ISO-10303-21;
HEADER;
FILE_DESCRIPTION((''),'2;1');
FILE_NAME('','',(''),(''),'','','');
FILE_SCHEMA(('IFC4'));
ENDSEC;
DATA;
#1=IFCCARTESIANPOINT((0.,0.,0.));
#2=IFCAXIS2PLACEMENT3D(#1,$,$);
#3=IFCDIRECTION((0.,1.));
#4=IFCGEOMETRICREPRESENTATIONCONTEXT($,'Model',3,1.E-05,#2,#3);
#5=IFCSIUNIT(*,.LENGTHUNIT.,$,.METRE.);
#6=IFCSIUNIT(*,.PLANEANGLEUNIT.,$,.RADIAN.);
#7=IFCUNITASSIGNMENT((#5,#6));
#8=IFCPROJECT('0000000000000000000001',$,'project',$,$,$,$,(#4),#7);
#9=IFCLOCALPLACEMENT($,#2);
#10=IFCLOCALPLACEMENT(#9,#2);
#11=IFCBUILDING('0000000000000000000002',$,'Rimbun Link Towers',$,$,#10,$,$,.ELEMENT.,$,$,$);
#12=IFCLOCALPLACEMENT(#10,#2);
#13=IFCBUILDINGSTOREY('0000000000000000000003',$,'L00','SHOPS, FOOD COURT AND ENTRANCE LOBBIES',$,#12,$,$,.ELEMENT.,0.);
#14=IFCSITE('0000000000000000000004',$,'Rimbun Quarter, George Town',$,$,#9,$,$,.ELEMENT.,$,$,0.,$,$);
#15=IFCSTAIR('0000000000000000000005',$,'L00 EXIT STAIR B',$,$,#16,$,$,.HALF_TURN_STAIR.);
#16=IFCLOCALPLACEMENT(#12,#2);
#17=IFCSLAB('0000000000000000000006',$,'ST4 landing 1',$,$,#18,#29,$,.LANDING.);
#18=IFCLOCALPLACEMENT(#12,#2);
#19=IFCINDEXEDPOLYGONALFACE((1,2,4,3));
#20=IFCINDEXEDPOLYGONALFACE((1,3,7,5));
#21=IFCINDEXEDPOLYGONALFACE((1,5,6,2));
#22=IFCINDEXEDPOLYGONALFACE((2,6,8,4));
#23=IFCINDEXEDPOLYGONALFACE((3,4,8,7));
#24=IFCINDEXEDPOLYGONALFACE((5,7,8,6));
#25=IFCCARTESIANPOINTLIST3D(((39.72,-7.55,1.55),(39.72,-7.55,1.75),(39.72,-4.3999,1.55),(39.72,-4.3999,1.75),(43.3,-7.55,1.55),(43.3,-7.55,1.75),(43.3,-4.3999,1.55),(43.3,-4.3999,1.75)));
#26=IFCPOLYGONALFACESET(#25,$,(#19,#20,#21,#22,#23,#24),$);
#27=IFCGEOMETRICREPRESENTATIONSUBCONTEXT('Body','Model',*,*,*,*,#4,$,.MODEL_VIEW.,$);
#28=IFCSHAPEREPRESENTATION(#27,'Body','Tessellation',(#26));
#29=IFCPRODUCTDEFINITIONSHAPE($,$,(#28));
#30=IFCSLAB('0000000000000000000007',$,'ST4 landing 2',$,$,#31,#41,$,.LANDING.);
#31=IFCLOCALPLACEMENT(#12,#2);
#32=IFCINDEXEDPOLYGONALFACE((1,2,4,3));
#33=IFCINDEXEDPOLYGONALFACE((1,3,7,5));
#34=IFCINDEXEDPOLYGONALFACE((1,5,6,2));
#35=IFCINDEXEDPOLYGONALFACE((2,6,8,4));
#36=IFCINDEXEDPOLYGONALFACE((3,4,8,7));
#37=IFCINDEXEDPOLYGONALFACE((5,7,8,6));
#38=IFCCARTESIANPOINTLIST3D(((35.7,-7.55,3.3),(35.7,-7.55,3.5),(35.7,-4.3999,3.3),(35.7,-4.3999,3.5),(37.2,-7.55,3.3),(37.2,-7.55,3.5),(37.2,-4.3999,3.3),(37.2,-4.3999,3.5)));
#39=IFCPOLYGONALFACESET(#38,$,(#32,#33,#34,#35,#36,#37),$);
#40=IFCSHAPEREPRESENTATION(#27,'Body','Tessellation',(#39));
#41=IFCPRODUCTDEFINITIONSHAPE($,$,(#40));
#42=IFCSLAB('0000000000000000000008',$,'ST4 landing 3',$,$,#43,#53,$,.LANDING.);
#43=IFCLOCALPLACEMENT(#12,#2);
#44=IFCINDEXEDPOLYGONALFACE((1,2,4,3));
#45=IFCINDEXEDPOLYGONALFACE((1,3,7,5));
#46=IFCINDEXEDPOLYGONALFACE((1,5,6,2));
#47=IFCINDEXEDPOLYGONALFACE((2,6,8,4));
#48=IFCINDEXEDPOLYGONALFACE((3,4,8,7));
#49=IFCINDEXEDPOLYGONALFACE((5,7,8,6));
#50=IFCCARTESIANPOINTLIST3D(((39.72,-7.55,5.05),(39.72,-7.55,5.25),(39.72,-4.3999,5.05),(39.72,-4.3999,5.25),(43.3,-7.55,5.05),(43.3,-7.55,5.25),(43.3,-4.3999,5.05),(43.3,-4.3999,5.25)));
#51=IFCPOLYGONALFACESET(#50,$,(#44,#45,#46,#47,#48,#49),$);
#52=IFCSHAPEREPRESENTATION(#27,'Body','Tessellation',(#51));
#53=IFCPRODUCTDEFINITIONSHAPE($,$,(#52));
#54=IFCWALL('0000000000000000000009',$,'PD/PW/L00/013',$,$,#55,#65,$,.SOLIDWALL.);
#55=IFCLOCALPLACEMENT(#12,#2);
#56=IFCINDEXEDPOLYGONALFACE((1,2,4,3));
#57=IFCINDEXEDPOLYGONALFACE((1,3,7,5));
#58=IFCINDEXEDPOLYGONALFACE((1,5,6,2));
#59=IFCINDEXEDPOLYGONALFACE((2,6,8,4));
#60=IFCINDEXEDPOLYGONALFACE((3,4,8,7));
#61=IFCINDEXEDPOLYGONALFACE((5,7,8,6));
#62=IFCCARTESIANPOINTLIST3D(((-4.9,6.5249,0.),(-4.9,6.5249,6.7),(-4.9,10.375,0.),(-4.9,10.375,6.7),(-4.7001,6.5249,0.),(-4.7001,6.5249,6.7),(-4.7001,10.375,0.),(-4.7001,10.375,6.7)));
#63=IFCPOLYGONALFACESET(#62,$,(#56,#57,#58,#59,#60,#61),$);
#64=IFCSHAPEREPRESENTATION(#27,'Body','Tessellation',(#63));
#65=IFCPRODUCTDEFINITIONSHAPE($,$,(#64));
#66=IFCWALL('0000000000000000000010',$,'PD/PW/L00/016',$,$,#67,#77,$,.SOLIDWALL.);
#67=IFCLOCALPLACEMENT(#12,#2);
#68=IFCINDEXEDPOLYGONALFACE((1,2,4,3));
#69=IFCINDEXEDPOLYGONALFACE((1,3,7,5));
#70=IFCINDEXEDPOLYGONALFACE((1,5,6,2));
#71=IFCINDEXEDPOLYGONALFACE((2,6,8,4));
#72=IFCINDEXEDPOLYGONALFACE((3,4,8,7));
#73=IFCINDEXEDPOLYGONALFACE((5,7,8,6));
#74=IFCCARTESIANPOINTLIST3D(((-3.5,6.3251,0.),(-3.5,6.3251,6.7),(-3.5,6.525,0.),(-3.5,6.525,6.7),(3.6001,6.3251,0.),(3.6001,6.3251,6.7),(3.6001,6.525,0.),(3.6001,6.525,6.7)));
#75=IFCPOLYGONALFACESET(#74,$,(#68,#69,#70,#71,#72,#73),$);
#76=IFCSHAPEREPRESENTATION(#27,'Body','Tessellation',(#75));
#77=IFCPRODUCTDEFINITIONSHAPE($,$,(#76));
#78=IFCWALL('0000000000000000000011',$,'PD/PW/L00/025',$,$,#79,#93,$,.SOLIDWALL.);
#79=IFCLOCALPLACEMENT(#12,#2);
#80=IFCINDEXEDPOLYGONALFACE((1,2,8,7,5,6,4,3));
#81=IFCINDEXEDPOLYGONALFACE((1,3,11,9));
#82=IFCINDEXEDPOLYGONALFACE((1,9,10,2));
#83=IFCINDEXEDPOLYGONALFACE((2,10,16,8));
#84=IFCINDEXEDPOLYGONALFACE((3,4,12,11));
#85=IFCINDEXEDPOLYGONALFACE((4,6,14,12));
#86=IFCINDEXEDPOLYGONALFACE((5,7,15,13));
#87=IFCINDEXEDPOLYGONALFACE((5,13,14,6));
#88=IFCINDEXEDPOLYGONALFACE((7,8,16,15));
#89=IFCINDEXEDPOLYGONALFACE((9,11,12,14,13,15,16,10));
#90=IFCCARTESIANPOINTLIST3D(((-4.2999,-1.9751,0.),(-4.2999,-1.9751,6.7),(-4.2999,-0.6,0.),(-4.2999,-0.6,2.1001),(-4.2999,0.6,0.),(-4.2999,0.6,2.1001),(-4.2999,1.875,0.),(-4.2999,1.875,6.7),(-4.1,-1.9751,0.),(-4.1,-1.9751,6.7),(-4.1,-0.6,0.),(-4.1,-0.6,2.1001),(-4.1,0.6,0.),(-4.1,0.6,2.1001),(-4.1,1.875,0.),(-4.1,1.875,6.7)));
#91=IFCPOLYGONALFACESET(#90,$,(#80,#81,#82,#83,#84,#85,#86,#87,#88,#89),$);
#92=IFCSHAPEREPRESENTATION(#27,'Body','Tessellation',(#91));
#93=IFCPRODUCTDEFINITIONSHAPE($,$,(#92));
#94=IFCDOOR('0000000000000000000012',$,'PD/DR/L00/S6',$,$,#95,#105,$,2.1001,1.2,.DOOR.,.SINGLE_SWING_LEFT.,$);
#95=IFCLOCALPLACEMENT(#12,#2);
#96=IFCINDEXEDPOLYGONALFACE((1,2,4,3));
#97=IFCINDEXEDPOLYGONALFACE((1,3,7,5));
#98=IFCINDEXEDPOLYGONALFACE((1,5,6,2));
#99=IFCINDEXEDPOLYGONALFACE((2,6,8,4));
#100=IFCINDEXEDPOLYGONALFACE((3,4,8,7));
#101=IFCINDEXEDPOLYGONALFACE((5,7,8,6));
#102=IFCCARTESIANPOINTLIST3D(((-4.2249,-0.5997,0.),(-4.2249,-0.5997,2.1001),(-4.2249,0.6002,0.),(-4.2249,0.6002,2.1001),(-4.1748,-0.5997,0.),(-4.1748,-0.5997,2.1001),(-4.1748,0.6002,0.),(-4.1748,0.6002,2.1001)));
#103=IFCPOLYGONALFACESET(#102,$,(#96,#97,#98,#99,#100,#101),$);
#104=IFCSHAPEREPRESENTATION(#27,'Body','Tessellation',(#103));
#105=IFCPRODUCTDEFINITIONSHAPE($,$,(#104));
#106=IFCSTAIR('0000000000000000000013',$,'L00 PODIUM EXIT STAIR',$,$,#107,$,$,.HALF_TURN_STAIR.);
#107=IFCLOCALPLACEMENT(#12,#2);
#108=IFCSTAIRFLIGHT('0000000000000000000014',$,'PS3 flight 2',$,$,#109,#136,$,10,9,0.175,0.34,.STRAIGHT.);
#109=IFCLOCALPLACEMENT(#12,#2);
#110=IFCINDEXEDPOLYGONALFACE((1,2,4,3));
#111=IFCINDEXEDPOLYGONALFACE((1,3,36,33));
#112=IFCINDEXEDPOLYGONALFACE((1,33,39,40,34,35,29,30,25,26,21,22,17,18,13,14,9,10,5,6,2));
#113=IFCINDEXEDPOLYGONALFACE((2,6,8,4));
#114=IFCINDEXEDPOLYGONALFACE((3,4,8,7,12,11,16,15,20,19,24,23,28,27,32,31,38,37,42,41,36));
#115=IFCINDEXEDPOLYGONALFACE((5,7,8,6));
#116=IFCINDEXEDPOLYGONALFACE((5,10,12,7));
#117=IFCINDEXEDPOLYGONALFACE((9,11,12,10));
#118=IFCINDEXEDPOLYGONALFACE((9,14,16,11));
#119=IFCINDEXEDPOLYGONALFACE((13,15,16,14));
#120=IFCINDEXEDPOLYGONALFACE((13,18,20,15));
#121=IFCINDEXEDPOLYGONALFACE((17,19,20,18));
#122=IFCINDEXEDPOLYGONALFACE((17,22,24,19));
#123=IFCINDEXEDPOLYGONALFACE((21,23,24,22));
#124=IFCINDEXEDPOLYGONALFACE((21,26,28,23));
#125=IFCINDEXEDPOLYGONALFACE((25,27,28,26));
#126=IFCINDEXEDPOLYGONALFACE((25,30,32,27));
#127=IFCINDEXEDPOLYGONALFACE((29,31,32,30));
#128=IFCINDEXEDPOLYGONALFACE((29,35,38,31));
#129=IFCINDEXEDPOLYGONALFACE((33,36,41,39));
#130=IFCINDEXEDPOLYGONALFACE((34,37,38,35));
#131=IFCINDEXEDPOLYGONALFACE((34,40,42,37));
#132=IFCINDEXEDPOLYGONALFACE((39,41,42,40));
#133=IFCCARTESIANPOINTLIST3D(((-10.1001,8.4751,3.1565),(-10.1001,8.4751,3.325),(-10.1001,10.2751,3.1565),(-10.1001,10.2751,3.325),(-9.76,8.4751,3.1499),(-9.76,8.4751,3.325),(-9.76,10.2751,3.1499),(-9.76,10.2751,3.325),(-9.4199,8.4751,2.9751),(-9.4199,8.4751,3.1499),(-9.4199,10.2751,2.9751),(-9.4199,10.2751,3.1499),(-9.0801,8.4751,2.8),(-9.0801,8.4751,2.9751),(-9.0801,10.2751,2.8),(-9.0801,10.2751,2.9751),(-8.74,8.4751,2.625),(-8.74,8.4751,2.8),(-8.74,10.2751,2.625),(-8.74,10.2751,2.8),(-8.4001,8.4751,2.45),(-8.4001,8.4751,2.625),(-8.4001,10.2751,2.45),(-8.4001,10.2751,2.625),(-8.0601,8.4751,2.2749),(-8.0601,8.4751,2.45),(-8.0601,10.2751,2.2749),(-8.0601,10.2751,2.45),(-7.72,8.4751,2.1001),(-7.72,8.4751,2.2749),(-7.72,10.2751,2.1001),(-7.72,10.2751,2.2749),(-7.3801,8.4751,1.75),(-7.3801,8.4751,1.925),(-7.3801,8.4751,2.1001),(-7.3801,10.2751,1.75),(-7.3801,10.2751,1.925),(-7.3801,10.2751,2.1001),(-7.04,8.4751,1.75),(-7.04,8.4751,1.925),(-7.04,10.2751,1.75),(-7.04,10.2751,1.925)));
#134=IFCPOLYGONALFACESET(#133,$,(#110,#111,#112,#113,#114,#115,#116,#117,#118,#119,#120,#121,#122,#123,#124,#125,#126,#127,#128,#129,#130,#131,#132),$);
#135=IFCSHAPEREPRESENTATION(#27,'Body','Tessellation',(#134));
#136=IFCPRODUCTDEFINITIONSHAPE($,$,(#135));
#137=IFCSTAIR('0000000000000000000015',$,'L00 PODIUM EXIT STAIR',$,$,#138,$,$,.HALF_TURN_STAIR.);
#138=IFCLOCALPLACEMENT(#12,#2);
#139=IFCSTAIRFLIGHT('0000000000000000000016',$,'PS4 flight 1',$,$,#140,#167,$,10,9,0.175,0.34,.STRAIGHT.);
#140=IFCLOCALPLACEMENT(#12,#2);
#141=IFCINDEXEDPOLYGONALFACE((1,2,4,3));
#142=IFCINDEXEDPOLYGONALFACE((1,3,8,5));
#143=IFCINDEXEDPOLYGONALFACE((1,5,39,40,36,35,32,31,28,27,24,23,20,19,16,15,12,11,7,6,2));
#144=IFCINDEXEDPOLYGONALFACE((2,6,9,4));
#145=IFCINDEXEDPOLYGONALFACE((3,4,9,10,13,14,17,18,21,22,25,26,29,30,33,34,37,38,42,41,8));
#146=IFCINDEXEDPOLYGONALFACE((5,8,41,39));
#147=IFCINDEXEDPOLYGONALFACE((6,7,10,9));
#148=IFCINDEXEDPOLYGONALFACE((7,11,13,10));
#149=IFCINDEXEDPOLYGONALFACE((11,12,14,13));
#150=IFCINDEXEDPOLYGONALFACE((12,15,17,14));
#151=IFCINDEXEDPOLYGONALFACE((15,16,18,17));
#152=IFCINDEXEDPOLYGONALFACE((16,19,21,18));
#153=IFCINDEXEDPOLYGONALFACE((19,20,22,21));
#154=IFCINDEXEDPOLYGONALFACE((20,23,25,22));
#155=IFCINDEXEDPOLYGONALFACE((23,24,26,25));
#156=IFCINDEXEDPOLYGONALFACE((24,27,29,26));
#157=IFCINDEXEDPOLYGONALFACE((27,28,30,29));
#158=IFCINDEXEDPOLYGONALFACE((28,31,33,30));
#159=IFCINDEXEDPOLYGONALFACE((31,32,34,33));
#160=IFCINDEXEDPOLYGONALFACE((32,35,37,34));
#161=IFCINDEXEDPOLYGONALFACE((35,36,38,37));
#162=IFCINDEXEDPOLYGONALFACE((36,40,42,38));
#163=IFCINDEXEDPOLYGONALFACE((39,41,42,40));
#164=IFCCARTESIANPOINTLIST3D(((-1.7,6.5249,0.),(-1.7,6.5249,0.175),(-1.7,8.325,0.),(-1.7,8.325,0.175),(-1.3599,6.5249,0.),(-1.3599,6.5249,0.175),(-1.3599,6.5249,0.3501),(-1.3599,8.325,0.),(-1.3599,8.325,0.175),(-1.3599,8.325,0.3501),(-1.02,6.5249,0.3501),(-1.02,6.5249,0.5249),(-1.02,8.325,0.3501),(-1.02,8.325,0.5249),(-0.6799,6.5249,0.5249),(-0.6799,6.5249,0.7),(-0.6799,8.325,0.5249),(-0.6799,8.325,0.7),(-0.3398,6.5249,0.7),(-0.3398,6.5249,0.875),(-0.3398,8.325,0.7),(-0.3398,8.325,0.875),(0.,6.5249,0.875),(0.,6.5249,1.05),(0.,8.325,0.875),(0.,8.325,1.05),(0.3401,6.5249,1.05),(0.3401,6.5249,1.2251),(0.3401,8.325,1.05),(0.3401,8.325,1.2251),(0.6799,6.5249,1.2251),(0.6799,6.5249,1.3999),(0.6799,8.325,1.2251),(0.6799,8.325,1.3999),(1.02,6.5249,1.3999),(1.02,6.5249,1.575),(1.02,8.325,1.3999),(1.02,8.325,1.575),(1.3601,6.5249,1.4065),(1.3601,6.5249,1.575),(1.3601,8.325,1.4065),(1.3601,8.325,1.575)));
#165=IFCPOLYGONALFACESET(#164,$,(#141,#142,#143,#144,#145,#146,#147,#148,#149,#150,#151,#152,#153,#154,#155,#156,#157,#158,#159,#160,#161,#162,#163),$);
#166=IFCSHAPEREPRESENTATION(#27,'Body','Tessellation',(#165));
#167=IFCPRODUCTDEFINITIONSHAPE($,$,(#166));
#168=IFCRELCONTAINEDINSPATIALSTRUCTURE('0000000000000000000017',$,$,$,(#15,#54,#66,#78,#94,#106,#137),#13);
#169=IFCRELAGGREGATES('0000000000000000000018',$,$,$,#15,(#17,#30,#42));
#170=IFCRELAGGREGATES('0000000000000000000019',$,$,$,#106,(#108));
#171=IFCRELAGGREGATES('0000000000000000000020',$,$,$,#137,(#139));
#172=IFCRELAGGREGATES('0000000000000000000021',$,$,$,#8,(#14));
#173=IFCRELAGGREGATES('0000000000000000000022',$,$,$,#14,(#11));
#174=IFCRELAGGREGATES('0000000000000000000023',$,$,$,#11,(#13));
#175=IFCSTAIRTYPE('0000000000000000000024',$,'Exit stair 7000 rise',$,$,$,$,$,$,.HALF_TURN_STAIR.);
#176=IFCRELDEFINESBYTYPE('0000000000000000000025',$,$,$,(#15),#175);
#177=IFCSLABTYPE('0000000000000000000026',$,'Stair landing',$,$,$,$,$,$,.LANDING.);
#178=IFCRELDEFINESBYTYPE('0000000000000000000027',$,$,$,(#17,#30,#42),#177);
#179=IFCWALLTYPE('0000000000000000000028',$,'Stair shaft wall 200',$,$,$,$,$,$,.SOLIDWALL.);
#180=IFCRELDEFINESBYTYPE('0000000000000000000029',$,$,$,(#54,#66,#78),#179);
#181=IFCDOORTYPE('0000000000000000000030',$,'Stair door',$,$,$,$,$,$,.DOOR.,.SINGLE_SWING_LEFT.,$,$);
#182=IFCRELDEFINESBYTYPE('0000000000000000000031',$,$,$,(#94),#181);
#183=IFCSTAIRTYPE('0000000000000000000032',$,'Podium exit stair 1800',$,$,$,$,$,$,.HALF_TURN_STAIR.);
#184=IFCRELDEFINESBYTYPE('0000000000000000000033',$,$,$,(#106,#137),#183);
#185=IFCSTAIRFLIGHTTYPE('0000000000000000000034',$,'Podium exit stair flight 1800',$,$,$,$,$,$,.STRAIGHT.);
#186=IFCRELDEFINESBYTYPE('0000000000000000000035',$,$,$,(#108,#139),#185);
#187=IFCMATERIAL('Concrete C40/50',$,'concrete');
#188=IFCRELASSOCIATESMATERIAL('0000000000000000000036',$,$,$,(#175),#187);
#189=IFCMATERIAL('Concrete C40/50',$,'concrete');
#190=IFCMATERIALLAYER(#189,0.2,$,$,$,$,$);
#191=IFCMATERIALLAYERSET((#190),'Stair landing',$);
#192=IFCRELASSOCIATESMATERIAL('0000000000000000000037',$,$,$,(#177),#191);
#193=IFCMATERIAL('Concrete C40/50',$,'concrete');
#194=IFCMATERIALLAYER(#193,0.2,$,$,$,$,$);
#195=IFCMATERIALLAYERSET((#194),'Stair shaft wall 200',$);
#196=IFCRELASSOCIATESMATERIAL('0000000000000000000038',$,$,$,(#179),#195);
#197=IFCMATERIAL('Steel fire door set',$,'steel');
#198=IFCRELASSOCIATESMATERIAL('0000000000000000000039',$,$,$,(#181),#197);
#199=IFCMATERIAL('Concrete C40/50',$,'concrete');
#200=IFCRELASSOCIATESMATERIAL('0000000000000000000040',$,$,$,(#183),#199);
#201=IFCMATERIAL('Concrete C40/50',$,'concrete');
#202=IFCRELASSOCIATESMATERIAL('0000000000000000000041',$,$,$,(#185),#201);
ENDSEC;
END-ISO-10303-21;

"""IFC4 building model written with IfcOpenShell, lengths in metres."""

from ifc_helpers import new_model, si_unit, direction, frame, frame_2d, origin, place, context, subcontext, project, spatial, polyline, rectangle, outline, extrude, material, layer, layer_set, type_object, element, fill, aggregate, save


model = new_model("IFC4")

# Units and contexts
model_context = context("Model", 3, precision=1e-05, world=origin(), true_north=direction((0.0, 1.0)))
body_context = subcontext(model_context, "Body", "Model", "MODEL_VIEW")
ifc_project = project(units=[si_unit("LENGTHUNIT", "METRE"), si_unit("PLANEANGLEUNIT", "RADIAN")], contexts=[model_context])

# Site, building, storey
site_placement = place(None, origin())
site = spatial("IfcSite", under=ifc_project, at=site_placement, Name="Rimbun Quarter, George Town", CompositionType="ELEMENT", RefElevation=0.0)
building_placement = place(site_placement, origin())
building = spatial("IfcBuilding", under=site, at=building_placement, Name="Rimbun Link Towers", CompositionType="ELEMENT")
storey_placement = place(building_placement, origin())
storey = spatial("IfcBuildingStorey", under=building, at=storey_placement, Name="L00", Description="SHOPS, FOOD COURT AND ENTRANCE LOBBIES", CompositionType="ELEMENT", Elevation=0.0)

# Stair, slabs
ifc_material_1 = material(Name="Concrete C40/50", Category="concrete")
stair_type_1 = type_object("IfcStairType", Name="Exit stair 7000 rise", PredefinedType="HALF_TURN_STAIR", material=ifc_material_1)
ifc_material_2 = material(Name="Concrete C40/50", Category="concrete")
ifc_layer_1 = layer(ifc_material_2, 0.2)
ifc_layer_set_1 = layer_set([ifc_layer_1], Name="Stair landing")
slab_type_1 = type_object("IfcSlabType", Name="Stair landing", PredefinedType="LANDING", material=ifc_layer_set_1)
stair_1_placement = place(storey_placement, origin())
stair_1 = element("IfcStair", 1, at=stair_1_placement, inside=storey, type_object=stair_type_1, Name="L00 EXIT STAIR B", PredefinedType="HALF_TURN_STAIR")
slab_1_placement = place(storey_placement, frame((0.0, 0.0, 1.55)))
slab_1 = element("IfcSlab", 2, at=slab_1_placement, type_object=slab_type_1, Name="ST4 landing 1", PredefinedType="LANDING", context=body_context, shape_type="SweptSolid", body=[
    extrude(outline(polyline([(39.72, -7.55), (43.3, -7.55), (43.3, -4.3999), (39.72, -4.3999), (39.72, -7.55)])), origin(), (0.0, 0.0, 1.0), 0.2),
])
slab_2_placement = place(storey_placement, frame((0.0, 0.0, 3.3)))
slab_2 = element("IfcSlab", 3, at=slab_2_placement, type_object=slab_type_1, Name="ST4 landing 2", PredefinedType="LANDING", context=body_context, shape_type="SweptSolid", body=[
    extrude(outline(polyline([(35.7, -7.55), (37.2, -7.55), (37.2, -4.3999), (35.7, -4.3999), (35.7, -7.55)])), origin(), (0.0, 0.0, 1.0), 0.2),
])
slab_3_placement = place(storey_placement, frame((0.0, 0.0, 5.05)))
slab_3 = element("IfcSlab", 4, at=slab_3_placement, type_object=slab_type_1, Name="ST4 landing 3", PredefinedType="LANDING", context=body_context, shape_type="SweptSolid", body=[
    extrude(outline(polyline([(39.72, -7.55), (43.3, -7.55), (43.3, -4.3999), (39.72, -4.3999), (39.72, -7.55)])), origin(), (0.0, 0.0, 1.0), 0.2),
])
aggregate(stair_1, [slab_1, slab_2, slab_3])

# Walls
ifc_material_3 = material(Name="Concrete C40/50", Category="concrete")
ifc_layer_2 = layer(ifc_material_3, 0.2)
ifc_layer_set_2 = layer_set([ifc_layer_2], Name="Stair shaft wall 200")
wall_type = type_object("IfcWallType", Name="Stair shaft wall 200", PredefinedType="SOLIDWALL", material=ifc_layer_set_2)
wall_1_placement = place(storey_placement, frame((-4.8, 6.5249, 0.0), z_axis=(0.0, 0.0, 1.0), x_axis=(0.0, 1.0, 0.0)))
element("IfcWall", 5, at=wall_1_placement, inside=storey, type_object=wall_type, Name="PD/PW/L00/013", PredefinedType="SOLIDWALL", context=body_context, shape_type="SweptSolid", body=[
    extrude(rectangle(XDim=3.8501, YDim=0.2, at=frame_2d((1.925, 0.0))), origin(), (0.0, 0.0, 1.0), 6.7),
])
wall_2_placement = place(storey_placement, frame((-3.5, 6.425, 0.0), z_axis=(0.0, 0.0, 1.0), x_axis=(1.0, 0.0, 0.0)))
element("IfcWall", 6, at=wall_2_placement, inside=storey, type_object=wall_type, Name="PD/PW/L00/016", PredefinedType="SOLIDWALL", context=body_context, shape_type="SweptSolid", body=[
    extrude(rectangle(XDim=7.1001, YDim=0.2, at=frame_2d((3.55, 0.0))), origin(), (0.0, 0.0, 1.0), 6.7),
])

# Wall, opening, door
wall_3_placement = place(storey_placement, frame((-4.2, 1.875, 0.0), z_axis=(0.0, 0.0, 1.0), x_axis=(0.0, -1.0, 0.0)))
wall_3 = element("IfcWall", 7, at=wall_3_placement, inside=storey, type_object=wall_type, Name="PD/PW/L00/025", PredefinedType="SOLIDWALL", context=body_context, shape_type="SweptSolid", body=[
    extrude(rectangle(XDim=3.8501, YDim=0.2, at=frame_2d((1.925, 0.0))), origin(), (0.0, 0.0, 1.0), 6.7),
])
opening_placement = place(wall_3_placement, frame((1.2749, 0.0, 0.0)))
opening = element("IfcOpeningElement", 8, at=opening_placement, cuts=wall_3, PredefinedType="OPENING", context=body_context, shape_type="SweptSolid", body=[
    extrude(rectangle(XDim=1.2, YDim=2.1001, at=frame_2d((0.6001, 1.05))), frame((0.0, 0.1099, 0.0), z_axis=(0.0, -1.0, 0.0), x_axis=(1.0, 0.0, 0.0)), (0.0, 0.0, 1.0), 0.22),
])
ifc_material_4 = material(Name="Steel fire door set", Category="steel")
door_type = type_object("IfcDoorType", Name="Stair door", OperationType="SINGLE_SWING_LEFT", PredefinedType="DOOR", material=ifc_material_4)
door_placement = place(opening_placement, frame((1.2, 0.0, 0.0), z_axis=(0.0, 0.0, 1.0), x_axis=(-1.0, 0.0, 0.0)))
door = element("IfcDoor", 9, at=door_placement, inside=storey, type_object=door_type, Name="PD/DR/L00/S6", OperationType="SINGLE_SWING_LEFT", OverallHeight=2.1001, OverallWidth=1.2, PredefinedType="DOOR", context=body_context, shape_type="SweptSolid", body=[
    extrude(rectangle(XDim=1.2, YDim=2.1001, at=frame_2d((0.6001, 1.05))), frame((0.0, 0.0249, 0.0), z_axis=(0.0, -1.0, 0.0), x_axis=(1.0, 0.0, 0.0)), (0.0, 0.0, 1.0), 0.05),
])
fill(opening, door)

# Stair, stair flight
ifc_material_5 = material(Name="Concrete C40/50", Category="concrete")
stair_type_2 = type_object("IfcStairType", Name="Podium exit stair 1800", PredefinedType="HALF_TURN_STAIR", material=ifc_material_5)
stair_2_placement = place(storey_placement, origin())
stair_2 = element("IfcStair", 10, at=stair_2_placement, inside=storey, type_object=stair_type_2, Name="L00 PODIUM EXIT STAIR", PredefinedType="HALF_TURN_STAIR")
ifc_material_6 = material(Name="Concrete C40/50", Category="concrete")
stair_flight_type = type_object("IfcStairFlightType", Name="Podium exit stair flight 1800", PredefinedType="STRAIGHT", material=ifc_material_6)
stair_flight_1_placement = place(storey_placement, frame((-7.04, 9.375, 1.75), z_axis=(0.0, 0.0, 1.0), x_axis=(-1.0, 0.0, 0.0)))
stair_flight_1 = element("IfcStairFlight", 11, at=stair_flight_1_placement, type_object=stair_flight_type, Name="PS3 flight 2", NumberOfRisers=10, NumberOfTreads=9, PredefinedType="STRAIGHT", RiserHeight=0.175, TreadLength=0.34, context=body_context, shape_type="SweptSolid", body=[
    extrude(outline(polyline([(0.0, 0.0), (0.0, 0.175), (0.3401, 0.175), (0.3401, 0.3501), (0.6799, 0.3501), (0.6799, 0.5249), (1.02, 0.5249), (1.02, 0.7), (1.3601, 0.7), (1.3601, 0.875), (1.7, 0.875), (1.7, 1.05), (2.04, 1.05), (2.04, 1.2251), (2.3799, 1.2251), (2.3799, 1.3999), (2.72, 1.3999), (2.72, 1.575), (3.0601, 1.575), (3.0601, 1.75), (3.0601, 1.4065), (0.3401, 0.0), (0.0, 0.0)])), frame((0.0, 0.8999, 0.0), z_axis=(0.0, -1.0, 0.0), x_axis=(1.0, 0.0, 0.0)), (0.0, 0.0, 1.0), 1.8),
])
aggregate(stair_2, [stair_flight_1])

# Stair, stair flight
stair_3_placement = place(storey_placement, origin())
stair_3 = element("IfcStair", 12, at=stair_3_placement, inside=storey, type_object=stair_type_2, Name="L00 PODIUM EXIT STAIR", PredefinedType="HALF_TURN_STAIR")
stair_flight_2_placement = place(storey_placement, frame((-1.7, 7.425, 0.0), z_axis=(0.0, 0.0, 1.0), x_axis=(1.0, 0.0, 0.0)))
stair_flight_2 = element("IfcStairFlight", 13, at=stair_flight_2_placement, type_object=stair_flight_type, Name="PS4 flight 1", NumberOfRisers=10, NumberOfTreads=9, PredefinedType="STRAIGHT", RiserHeight=0.175, TreadLength=0.34, context=body_context, shape_type="SweptSolid", body=[
    extrude(outline(polyline([(0.0, 0.0), (0.0, 0.175), (0.3401, 0.175), (0.3401, 0.3501), (0.6799, 0.3501), (0.6799, 0.5249), (1.02, 0.5249), (1.02, 0.7), (1.3601, 0.7), (1.3601, 0.875), (1.7, 0.875), (1.7, 1.05), (2.04, 1.05), (2.04, 1.2251), (2.3799, 1.2251), (2.3799, 1.3999), (2.72, 1.3999), (2.72, 1.575), (3.0601, 1.575), (3.0601, 1.75), (3.0601, 1.4065), (0.3401, 0.0), (0.0, 0.0)])), frame((0.0, 0.8999, 0.0), z_axis=(0.0, -1.0, 0.0), x_axis=(1.0, 0.0, 0.0)), (0.0, 0.0, 1.0), 1.8),
])
aggregate(stair_3, [stair_flight_2])

save(model, "model.ifc")
